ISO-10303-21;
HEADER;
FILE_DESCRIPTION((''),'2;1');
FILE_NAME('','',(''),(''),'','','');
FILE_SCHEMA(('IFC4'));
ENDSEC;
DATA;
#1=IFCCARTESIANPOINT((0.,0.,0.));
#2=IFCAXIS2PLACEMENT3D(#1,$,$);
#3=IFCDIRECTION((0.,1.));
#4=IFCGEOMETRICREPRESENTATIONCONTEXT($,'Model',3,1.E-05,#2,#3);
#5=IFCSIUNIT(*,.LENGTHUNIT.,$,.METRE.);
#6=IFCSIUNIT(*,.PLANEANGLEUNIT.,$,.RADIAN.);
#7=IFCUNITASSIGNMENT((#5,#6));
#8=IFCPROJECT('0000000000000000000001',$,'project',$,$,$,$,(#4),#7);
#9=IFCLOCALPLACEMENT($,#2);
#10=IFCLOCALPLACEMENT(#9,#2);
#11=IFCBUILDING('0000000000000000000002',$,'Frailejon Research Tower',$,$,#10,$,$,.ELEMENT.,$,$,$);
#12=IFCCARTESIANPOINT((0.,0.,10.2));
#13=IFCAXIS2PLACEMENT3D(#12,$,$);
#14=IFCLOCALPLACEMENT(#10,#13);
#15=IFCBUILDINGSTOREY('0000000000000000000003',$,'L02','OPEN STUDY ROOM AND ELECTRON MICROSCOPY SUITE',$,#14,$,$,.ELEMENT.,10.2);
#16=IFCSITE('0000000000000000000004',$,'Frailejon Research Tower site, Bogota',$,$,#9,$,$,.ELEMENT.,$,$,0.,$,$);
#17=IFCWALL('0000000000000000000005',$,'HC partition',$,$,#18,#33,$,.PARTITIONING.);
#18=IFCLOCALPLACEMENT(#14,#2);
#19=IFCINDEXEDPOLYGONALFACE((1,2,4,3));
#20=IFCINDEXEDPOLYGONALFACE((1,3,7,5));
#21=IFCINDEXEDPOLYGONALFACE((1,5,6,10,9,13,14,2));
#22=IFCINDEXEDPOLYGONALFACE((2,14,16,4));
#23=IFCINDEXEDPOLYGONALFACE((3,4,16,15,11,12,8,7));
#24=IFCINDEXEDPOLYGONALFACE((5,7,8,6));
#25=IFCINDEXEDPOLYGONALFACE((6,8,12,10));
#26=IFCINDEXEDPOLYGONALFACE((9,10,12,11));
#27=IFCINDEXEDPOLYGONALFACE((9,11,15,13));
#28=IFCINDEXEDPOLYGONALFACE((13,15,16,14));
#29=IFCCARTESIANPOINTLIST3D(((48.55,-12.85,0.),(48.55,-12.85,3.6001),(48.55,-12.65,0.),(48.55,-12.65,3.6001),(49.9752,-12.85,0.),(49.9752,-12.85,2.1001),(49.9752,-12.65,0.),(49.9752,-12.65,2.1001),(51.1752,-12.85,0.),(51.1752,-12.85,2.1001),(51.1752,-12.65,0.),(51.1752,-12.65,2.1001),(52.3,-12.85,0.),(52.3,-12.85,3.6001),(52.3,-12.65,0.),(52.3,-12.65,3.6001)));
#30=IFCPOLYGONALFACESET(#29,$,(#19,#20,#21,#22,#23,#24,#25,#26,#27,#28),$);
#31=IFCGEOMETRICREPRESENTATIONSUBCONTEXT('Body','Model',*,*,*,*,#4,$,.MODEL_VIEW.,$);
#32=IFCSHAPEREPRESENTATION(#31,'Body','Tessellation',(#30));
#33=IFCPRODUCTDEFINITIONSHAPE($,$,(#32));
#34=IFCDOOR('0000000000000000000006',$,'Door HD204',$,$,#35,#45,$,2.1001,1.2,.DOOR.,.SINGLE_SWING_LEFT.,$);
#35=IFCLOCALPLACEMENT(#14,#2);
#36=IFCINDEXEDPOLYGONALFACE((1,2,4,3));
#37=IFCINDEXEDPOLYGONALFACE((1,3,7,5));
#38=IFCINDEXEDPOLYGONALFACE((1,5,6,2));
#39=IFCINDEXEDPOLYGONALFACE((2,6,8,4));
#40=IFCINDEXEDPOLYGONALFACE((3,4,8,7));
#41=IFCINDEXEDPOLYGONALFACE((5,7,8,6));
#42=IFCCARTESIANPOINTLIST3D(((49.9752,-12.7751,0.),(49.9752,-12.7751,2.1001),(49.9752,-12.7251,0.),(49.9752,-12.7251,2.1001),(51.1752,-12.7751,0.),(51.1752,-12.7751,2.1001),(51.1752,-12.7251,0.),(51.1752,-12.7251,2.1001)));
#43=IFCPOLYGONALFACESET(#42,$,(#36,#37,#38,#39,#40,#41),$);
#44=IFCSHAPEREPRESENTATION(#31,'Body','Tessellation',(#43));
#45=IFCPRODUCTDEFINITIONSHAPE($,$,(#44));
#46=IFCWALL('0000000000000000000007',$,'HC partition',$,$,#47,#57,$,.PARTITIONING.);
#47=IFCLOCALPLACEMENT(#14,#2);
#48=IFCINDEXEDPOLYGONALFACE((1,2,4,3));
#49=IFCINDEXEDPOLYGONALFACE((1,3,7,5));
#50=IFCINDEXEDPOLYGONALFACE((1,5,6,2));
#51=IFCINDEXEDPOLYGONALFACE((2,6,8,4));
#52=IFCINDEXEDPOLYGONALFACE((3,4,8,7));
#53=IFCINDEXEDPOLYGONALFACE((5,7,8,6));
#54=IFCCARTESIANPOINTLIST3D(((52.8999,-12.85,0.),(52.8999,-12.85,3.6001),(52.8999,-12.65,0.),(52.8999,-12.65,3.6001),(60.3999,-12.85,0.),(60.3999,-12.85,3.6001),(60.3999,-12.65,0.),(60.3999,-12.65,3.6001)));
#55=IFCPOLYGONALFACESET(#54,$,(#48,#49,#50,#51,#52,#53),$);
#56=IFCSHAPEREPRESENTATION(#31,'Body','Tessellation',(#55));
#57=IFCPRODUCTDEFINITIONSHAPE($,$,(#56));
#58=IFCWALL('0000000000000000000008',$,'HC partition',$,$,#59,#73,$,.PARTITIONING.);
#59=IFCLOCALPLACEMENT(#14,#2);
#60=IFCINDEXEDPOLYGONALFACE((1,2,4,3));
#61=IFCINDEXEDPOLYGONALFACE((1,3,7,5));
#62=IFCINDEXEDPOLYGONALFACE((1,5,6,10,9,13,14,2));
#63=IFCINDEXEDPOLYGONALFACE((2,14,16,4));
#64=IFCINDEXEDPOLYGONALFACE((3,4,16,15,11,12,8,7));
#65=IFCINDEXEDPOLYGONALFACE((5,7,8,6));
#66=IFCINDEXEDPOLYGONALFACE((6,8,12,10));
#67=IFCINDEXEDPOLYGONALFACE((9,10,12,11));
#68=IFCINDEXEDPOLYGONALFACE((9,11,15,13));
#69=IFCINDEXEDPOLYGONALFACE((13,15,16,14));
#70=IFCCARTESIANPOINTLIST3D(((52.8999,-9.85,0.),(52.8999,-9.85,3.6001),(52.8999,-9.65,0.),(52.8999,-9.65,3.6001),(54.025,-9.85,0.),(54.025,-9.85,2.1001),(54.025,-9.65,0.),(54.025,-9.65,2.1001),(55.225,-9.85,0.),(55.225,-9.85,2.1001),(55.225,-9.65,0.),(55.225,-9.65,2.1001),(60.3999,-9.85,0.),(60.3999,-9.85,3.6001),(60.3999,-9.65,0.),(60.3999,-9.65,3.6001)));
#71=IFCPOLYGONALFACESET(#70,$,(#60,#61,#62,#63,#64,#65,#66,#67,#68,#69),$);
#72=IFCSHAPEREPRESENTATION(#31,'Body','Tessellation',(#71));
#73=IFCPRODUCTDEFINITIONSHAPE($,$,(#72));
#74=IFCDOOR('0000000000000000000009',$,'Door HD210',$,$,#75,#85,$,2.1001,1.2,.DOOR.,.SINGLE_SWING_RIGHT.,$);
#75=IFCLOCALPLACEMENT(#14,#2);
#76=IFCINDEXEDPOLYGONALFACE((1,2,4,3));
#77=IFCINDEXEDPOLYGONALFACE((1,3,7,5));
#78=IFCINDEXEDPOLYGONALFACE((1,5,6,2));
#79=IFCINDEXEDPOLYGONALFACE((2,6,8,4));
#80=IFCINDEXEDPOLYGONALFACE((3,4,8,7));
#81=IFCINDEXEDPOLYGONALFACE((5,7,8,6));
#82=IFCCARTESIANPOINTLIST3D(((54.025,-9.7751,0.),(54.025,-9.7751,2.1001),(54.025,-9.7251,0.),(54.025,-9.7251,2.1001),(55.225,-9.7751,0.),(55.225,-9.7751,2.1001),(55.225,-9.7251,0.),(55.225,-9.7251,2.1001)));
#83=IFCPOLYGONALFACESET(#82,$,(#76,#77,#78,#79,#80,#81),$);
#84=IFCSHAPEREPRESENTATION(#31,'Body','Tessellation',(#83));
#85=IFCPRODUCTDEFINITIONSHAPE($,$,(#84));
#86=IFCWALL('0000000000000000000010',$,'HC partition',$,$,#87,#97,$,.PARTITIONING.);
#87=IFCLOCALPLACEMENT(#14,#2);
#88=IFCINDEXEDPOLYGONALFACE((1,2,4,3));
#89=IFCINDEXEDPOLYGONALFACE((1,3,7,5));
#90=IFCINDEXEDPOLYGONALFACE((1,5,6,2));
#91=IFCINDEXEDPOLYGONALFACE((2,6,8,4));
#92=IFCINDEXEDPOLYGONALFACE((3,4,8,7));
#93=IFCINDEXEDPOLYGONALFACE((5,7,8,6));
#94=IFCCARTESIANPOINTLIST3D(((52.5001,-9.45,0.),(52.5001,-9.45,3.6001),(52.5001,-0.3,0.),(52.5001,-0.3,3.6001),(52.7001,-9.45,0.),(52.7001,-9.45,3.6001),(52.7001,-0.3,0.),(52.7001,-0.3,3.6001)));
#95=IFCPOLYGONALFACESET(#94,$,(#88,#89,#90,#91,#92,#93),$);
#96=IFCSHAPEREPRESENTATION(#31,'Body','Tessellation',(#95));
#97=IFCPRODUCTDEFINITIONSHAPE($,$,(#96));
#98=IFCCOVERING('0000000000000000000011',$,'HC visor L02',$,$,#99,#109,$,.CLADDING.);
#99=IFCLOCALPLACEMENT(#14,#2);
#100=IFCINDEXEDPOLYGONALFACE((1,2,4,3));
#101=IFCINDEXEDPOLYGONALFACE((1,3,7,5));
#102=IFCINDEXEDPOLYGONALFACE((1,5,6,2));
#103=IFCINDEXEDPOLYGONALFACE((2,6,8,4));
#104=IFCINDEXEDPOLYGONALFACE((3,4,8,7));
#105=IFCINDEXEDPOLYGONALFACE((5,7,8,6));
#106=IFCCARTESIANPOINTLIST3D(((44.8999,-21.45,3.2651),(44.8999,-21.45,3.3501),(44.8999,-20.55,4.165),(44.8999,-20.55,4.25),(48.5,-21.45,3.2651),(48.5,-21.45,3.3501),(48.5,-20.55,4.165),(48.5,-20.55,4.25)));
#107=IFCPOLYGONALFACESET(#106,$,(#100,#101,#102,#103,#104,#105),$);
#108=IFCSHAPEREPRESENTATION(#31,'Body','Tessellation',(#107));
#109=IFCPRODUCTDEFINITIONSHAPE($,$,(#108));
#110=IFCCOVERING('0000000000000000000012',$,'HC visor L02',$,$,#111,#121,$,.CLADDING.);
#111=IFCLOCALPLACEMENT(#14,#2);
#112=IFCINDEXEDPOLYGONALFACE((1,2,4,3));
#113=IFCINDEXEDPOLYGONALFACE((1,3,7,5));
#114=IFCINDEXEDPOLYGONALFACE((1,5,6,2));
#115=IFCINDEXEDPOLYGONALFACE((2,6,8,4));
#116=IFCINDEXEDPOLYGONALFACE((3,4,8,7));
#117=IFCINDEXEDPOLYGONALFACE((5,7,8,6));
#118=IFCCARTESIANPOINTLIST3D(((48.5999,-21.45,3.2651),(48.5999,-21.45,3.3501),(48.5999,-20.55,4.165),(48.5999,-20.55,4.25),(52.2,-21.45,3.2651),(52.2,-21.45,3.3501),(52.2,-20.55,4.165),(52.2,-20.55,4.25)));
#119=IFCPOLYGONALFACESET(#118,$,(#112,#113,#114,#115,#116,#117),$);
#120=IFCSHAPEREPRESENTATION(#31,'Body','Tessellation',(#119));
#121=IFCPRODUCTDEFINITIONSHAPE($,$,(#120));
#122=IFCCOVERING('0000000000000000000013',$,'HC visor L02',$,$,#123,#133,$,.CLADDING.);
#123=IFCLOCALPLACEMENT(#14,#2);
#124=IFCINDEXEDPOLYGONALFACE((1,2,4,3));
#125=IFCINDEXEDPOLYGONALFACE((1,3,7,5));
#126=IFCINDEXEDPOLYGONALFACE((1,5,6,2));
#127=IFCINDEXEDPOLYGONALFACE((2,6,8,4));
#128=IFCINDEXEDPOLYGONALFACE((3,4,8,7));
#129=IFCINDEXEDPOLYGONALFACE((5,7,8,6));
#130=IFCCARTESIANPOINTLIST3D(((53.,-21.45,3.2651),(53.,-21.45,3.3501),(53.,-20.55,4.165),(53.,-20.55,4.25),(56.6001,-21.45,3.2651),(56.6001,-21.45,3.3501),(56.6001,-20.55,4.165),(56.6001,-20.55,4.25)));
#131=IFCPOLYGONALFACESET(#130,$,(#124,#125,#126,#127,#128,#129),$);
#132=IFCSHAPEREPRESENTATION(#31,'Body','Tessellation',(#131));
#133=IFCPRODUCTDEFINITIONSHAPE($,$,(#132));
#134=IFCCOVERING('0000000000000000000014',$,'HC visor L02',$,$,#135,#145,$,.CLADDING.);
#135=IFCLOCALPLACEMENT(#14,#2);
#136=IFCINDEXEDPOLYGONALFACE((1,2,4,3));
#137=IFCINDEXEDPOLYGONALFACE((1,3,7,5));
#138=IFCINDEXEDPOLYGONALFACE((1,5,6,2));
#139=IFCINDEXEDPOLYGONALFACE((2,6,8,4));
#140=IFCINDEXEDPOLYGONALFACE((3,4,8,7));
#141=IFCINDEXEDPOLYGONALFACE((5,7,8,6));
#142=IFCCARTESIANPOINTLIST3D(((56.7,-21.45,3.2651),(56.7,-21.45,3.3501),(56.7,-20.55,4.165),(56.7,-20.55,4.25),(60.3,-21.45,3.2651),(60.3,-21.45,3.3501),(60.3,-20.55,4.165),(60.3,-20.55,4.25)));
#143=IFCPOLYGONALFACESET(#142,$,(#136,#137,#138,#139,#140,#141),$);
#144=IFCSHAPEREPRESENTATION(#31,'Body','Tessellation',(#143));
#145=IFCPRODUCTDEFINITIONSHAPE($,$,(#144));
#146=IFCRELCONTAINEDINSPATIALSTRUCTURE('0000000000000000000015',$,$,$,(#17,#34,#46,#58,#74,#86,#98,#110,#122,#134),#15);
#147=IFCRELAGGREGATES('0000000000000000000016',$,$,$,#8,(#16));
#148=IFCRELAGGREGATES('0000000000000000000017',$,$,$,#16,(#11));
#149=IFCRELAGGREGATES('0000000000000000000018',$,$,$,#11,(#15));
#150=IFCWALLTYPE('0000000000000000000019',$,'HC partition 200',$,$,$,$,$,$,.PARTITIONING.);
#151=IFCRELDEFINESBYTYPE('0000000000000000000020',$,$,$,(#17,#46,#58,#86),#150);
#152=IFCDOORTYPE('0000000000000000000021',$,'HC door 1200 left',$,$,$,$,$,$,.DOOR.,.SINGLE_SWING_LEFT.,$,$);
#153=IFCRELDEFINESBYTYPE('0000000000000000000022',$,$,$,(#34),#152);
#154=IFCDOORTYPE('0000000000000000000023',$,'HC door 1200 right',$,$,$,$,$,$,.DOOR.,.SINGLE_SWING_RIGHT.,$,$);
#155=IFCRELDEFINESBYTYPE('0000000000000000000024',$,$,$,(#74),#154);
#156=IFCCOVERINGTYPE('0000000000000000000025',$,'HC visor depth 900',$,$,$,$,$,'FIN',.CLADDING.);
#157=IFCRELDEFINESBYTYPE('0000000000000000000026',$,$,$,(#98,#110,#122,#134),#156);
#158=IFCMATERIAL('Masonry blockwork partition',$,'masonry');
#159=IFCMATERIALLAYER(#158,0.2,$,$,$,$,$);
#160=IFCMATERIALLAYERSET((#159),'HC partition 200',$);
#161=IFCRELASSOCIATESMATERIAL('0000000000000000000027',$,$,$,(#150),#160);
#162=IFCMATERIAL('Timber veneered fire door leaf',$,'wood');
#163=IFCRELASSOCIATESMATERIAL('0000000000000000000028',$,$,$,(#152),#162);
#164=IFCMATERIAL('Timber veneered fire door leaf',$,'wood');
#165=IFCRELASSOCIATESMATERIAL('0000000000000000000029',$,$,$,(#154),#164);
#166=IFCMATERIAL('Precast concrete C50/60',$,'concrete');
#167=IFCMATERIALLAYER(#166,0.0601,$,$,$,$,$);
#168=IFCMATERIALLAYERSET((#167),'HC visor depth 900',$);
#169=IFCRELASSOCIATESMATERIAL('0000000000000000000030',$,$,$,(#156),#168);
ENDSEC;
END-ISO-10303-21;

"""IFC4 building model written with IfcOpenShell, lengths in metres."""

from ifc_helpers import new_model, si_unit, direction, frame, frame_2d, origin, place, context, subcontext, project, spatial, polyline, rectangle, outline, extrude, material, layer, layer_set, type_object, element, fill, save


model = new_model("IFC4")

# Units and contexts
model_context = context("Model", 3, precision=1e-05, world=origin(), true_north=direction((0.0, 1.0)))
body_context = subcontext(model_context, "Body", "Model", "MODEL_VIEW")
ifc_project = project(units=[si_unit("LENGTHUNIT", "METRE"), si_unit("PLANEANGLEUNIT", "RADIAN")], contexts=[model_context])

# Site, building, storey
site_placement = place(None, origin())
site = spatial("IfcSite", under=ifc_project, at=site_placement, Name="Frailejon Research Tower site, Bogota", CompositionType="ELEMENT", RefElevation=0.0)
building_placement = place(site_placement, origin())
building = spatial("IfcBuilding", under=site, at=building_placement, Name="Frailejon Research Tower", CompositionType="ELEMENT")
storey_placement = place(building_placement, frame((0.0, 0.0, 10.2)))
storey = spatial("IfcBuildingStorey", under=building, at=storey_placement, Name="L02", Description="OPEN STUDY ROOM AND ELECTRON MICROSCOPY SUITE", CompositionType="ELEMENT", Elevation=10.2)

# Wall, opening, door
ifc_material_1 = material(Name="Masonry blockwork partition", Category="masonry")
ifc_layer_1 = layer(ifc_material_1, 0.2)
ifc_layer_set_1 = layer_set([ifc_layer_1], Name="HC partition 200")
wall_type_1 = type_object("IfcWallType", Name="HC partition 200", PredefinedType="PARTITIONING", material=ifc_layer_set_1)
wall_1_placement = place(storey_placement, frame((48.55, -12.75, 0.0), z_axis=(0.0, 0.0, 1.0), x_axis=(1.0, 0.0, 0.0)))
wall_1 = element("IfcWall", 1, at=wall_1_placement, inside=storey, type_object=wall_type_1, Name="HC partition", PredefinedType="PARTITIONING", context=body_context, shape_type="SweptSolid", body=[
    extrude(rectangle(XDim=3.75, YDim=0.2, at=frame_2d((1.875, 0.0))), origin(), (0.0, 0.0, 1.0), 3.6001),
])
opening_1_placement = place(wall_1_placement, frame((1.425, 0.0, 0.0)))
opening_1 = element("IfcOpeningElement", 2, at=opening_1_placement, cuts=wall_1, PredefinedType="OPENING", context=body_context, shape_type="SweptSolid", body=[
    extrude(rectangle(XDim=1.2, YDim=2.1001, at=frame_2d((0.6001, 1.05))), frame((0.0, 0.1099, 0.0), z_axis=(0.0, -1.0, 0.0), x_axis=(1.0, 0.0, 0.0)), (0.0, 0.0, 1.0), 0.22),
])
ifc_material_2 = material(Name="Timber veneered fire door leaf", Category="wood")
door_type_1 = type_object("IfcDoorType", Name="HC door 1200 left", OperationType="SINGLE_SWING_LEFT", PredefinedType="DOOR", material=ifc_material_2)
door_1_placement = place(opening_1_placement, origin())
door_1 = element("IfcDoor", 3, at=door_1_placement, inside=storey, type_object=door_type_1, Name="Door HD204", OperationType="SINGLE_SWING_LEFT", OverallHeight=2.1001, OverallWidth=1.2, PredefinedType="DOOR", context=body_context, shape_type="SweptSolid", body=[
    extrude(rectangle(XDim=1.2, YDim=2.1001, at=frame_2d((0.6001, 1.05))), frame((0.0, 0.0249, 0.0), z_axis=(0.0, -1.0, 0.0), x_axis=(1.0, 0.0, 0.0)), (0.0, 0.0, 1.0), 0.05),
])
fill(opening_1, door_1)

# Wall
wall_2_placement = place(storey_placement, frame((52.8999, -12.75, 0.0), z_axis=(0.0, 0.0, 1.0), x_axis=(1.0, 0.0, 0.0)))
element("IfcWall", 4, at=wall_2_placement, inside=storey, type_object=wall_type_1, Name="HC partition", PredefinedType="PARTITIONING", context=body_context, shape_type="SweptSolid", body=[
    extrude(rectangle(XDim=7.5, YDim=0.2, at=frame_2d((3.75, 0.0))), origin(), (0.0, 0.0, 1.0), 3.6001),
])

# Wall, opening, door
wall_3_placement = place(storey_placement, frame((52.8999, -9.75, 0.0), z_axis=(0.0, 0.0, 1.0), x_axis=(1.0, 0.0, 0.0)))
wall_3 = element("IfcWall", 5, at=wall_3_placement, inside=storey, type_object=wall_type_1, Name="HC partition", PredefinedType="PARTITIONING", context=body_context, shape_type="SweptSolid", body=[
    extrude(rectangle(XDim=7.5, YDim=0.2, at=frame_2d((3.75, 0.0))), origin(), (0.0, 0.0, 1.0), 3.6001),
])
opening_2_placement = place(wall_3_placement, frame((1.125, 0.0, 0.0)))
opening_2 = element("IfcOpeningElement", 6, at=opening_2_placement, cuts=wall_3, PredefinedType="OPENING", context=body_context, shape_type="SweptSolid", body=[
    extrude(rectangle(XDim=1.2, YDim=2.1001, at=frame_2d((0.6001, 1.05))), frame((0.0, 0.1099, 0.0), z_axis=(0.0, -1.0, 0.0), x_axis=(1.0, 0.0, 0.0)), (0.0, 0.0, 1.0), 0.22),
])
ifc_material_3 = material(Name="Timber veneered fire door leaf", Category="wood")
door_type_2 = type_object("IfcDoorType", Name="HC door 1200 right", OperationType="SINGLE_SWING_RIGHT", PredefinedType="DOOR", material=ifc_material_3)
door_2_placement = place(opening_2_placement, origin())
door_2 = element("IfcDoor", 7, at=door_2_placement, inside=storey, type_object=door_type_2, Name="Door HD210", OperationType="SINGLE_SWING_RIGHT", OverallHeight=2.1001, OverallWidth=1.2, PredefinedType="DOOR", context=body_context, shape_type="SweptSolid", body=[
    extrude(rectangle(XDim=1.2, YDim=2.1001, at=frame_2d((0.6001, 1.05))), frame((0.0, 0.0249, 0.0), z_axis=(0.0, -1.0, 0.0), x_axis=(1.0, 0.0, 0.0)), (0.0, 0.0, 1.0), 0.05),
])
fill(opening_2, door_2)

# Wall
wall_4_placement = place(storey_placement, frame((52.6001, -9.45, 0.0), z_axis=(0.0, 0.0, 1.0), x_axis=(0.0, 1.0, 0.0)))
element("IfcWall", 8, at=wall_4_placement, inside=storey, type_object=wall_type_1, Name="HC partition", PredefinedType="PARTITIONING", context=body_context, shape_type="SweptSolid", body=[
    extrude(rectangle(XDim=9.1499, YDim=0.2, at=frame_2d((4.575, 0.0))), origin(), (0.0, 0.0, 1.0), 3.6001),
])

# Coverings
ifc_material_4 = material(Name="Precast concrete C50/60", Category="concrete")
ifc_layer_2 = layer(ifc_material_4, 0.0601)
ifc_layer_set_2 = layer_set([ifc_layer_2], Name="HC visor depth 900")
covering_type = type_object("IfcCoveringType", Name="HC visor depth 900", ElementType="FIN", PredefinedType="CLADDING", material=ifc_layer_set_2)
for number, where, z_axis, x_axis, name in (
    (9, (48.5, -20.55, 4.25), (-1.0, 0.0, 0.0), (0.0, -1.0, 0.0), "HC visor L02"),
    (10, (52.2, -20.55, 4.25), (-1.0, 0.0, 0.0), (0.0, -1.0, 0.0), "HC visor L02"),
    (11, (56.6001, -20.55, 4.25), (-1.0, 0.0, 0.0), (0.0, -1.0, 0.0), "HC visor L02"),
    (12, (60.3, -20.55, 4.25), (-1.0, 0.0, 0.0), (0.0, -1.0, 0.0), "HC visor L02"),
):
    element("IfcCovering", number, at=place(storey_placement, frame(where, z_axis=z_axis, x_axis=x_axis)), inside=storey, type_object=covering_type, Name=name, PredefinedType="CLADDING", context=body_context, shape_type="SweptSolid", body=[
        extrude(outline(polyline([(0.0, -0.085), (0.8999, -0.9849), (0.8999, -0.8999), (0.0, 0.0), (0.0, -0.085)])), origin(), (0.0, 0.0, 1.0), 3.6001),
    ])

save(model, "model.ifc")
